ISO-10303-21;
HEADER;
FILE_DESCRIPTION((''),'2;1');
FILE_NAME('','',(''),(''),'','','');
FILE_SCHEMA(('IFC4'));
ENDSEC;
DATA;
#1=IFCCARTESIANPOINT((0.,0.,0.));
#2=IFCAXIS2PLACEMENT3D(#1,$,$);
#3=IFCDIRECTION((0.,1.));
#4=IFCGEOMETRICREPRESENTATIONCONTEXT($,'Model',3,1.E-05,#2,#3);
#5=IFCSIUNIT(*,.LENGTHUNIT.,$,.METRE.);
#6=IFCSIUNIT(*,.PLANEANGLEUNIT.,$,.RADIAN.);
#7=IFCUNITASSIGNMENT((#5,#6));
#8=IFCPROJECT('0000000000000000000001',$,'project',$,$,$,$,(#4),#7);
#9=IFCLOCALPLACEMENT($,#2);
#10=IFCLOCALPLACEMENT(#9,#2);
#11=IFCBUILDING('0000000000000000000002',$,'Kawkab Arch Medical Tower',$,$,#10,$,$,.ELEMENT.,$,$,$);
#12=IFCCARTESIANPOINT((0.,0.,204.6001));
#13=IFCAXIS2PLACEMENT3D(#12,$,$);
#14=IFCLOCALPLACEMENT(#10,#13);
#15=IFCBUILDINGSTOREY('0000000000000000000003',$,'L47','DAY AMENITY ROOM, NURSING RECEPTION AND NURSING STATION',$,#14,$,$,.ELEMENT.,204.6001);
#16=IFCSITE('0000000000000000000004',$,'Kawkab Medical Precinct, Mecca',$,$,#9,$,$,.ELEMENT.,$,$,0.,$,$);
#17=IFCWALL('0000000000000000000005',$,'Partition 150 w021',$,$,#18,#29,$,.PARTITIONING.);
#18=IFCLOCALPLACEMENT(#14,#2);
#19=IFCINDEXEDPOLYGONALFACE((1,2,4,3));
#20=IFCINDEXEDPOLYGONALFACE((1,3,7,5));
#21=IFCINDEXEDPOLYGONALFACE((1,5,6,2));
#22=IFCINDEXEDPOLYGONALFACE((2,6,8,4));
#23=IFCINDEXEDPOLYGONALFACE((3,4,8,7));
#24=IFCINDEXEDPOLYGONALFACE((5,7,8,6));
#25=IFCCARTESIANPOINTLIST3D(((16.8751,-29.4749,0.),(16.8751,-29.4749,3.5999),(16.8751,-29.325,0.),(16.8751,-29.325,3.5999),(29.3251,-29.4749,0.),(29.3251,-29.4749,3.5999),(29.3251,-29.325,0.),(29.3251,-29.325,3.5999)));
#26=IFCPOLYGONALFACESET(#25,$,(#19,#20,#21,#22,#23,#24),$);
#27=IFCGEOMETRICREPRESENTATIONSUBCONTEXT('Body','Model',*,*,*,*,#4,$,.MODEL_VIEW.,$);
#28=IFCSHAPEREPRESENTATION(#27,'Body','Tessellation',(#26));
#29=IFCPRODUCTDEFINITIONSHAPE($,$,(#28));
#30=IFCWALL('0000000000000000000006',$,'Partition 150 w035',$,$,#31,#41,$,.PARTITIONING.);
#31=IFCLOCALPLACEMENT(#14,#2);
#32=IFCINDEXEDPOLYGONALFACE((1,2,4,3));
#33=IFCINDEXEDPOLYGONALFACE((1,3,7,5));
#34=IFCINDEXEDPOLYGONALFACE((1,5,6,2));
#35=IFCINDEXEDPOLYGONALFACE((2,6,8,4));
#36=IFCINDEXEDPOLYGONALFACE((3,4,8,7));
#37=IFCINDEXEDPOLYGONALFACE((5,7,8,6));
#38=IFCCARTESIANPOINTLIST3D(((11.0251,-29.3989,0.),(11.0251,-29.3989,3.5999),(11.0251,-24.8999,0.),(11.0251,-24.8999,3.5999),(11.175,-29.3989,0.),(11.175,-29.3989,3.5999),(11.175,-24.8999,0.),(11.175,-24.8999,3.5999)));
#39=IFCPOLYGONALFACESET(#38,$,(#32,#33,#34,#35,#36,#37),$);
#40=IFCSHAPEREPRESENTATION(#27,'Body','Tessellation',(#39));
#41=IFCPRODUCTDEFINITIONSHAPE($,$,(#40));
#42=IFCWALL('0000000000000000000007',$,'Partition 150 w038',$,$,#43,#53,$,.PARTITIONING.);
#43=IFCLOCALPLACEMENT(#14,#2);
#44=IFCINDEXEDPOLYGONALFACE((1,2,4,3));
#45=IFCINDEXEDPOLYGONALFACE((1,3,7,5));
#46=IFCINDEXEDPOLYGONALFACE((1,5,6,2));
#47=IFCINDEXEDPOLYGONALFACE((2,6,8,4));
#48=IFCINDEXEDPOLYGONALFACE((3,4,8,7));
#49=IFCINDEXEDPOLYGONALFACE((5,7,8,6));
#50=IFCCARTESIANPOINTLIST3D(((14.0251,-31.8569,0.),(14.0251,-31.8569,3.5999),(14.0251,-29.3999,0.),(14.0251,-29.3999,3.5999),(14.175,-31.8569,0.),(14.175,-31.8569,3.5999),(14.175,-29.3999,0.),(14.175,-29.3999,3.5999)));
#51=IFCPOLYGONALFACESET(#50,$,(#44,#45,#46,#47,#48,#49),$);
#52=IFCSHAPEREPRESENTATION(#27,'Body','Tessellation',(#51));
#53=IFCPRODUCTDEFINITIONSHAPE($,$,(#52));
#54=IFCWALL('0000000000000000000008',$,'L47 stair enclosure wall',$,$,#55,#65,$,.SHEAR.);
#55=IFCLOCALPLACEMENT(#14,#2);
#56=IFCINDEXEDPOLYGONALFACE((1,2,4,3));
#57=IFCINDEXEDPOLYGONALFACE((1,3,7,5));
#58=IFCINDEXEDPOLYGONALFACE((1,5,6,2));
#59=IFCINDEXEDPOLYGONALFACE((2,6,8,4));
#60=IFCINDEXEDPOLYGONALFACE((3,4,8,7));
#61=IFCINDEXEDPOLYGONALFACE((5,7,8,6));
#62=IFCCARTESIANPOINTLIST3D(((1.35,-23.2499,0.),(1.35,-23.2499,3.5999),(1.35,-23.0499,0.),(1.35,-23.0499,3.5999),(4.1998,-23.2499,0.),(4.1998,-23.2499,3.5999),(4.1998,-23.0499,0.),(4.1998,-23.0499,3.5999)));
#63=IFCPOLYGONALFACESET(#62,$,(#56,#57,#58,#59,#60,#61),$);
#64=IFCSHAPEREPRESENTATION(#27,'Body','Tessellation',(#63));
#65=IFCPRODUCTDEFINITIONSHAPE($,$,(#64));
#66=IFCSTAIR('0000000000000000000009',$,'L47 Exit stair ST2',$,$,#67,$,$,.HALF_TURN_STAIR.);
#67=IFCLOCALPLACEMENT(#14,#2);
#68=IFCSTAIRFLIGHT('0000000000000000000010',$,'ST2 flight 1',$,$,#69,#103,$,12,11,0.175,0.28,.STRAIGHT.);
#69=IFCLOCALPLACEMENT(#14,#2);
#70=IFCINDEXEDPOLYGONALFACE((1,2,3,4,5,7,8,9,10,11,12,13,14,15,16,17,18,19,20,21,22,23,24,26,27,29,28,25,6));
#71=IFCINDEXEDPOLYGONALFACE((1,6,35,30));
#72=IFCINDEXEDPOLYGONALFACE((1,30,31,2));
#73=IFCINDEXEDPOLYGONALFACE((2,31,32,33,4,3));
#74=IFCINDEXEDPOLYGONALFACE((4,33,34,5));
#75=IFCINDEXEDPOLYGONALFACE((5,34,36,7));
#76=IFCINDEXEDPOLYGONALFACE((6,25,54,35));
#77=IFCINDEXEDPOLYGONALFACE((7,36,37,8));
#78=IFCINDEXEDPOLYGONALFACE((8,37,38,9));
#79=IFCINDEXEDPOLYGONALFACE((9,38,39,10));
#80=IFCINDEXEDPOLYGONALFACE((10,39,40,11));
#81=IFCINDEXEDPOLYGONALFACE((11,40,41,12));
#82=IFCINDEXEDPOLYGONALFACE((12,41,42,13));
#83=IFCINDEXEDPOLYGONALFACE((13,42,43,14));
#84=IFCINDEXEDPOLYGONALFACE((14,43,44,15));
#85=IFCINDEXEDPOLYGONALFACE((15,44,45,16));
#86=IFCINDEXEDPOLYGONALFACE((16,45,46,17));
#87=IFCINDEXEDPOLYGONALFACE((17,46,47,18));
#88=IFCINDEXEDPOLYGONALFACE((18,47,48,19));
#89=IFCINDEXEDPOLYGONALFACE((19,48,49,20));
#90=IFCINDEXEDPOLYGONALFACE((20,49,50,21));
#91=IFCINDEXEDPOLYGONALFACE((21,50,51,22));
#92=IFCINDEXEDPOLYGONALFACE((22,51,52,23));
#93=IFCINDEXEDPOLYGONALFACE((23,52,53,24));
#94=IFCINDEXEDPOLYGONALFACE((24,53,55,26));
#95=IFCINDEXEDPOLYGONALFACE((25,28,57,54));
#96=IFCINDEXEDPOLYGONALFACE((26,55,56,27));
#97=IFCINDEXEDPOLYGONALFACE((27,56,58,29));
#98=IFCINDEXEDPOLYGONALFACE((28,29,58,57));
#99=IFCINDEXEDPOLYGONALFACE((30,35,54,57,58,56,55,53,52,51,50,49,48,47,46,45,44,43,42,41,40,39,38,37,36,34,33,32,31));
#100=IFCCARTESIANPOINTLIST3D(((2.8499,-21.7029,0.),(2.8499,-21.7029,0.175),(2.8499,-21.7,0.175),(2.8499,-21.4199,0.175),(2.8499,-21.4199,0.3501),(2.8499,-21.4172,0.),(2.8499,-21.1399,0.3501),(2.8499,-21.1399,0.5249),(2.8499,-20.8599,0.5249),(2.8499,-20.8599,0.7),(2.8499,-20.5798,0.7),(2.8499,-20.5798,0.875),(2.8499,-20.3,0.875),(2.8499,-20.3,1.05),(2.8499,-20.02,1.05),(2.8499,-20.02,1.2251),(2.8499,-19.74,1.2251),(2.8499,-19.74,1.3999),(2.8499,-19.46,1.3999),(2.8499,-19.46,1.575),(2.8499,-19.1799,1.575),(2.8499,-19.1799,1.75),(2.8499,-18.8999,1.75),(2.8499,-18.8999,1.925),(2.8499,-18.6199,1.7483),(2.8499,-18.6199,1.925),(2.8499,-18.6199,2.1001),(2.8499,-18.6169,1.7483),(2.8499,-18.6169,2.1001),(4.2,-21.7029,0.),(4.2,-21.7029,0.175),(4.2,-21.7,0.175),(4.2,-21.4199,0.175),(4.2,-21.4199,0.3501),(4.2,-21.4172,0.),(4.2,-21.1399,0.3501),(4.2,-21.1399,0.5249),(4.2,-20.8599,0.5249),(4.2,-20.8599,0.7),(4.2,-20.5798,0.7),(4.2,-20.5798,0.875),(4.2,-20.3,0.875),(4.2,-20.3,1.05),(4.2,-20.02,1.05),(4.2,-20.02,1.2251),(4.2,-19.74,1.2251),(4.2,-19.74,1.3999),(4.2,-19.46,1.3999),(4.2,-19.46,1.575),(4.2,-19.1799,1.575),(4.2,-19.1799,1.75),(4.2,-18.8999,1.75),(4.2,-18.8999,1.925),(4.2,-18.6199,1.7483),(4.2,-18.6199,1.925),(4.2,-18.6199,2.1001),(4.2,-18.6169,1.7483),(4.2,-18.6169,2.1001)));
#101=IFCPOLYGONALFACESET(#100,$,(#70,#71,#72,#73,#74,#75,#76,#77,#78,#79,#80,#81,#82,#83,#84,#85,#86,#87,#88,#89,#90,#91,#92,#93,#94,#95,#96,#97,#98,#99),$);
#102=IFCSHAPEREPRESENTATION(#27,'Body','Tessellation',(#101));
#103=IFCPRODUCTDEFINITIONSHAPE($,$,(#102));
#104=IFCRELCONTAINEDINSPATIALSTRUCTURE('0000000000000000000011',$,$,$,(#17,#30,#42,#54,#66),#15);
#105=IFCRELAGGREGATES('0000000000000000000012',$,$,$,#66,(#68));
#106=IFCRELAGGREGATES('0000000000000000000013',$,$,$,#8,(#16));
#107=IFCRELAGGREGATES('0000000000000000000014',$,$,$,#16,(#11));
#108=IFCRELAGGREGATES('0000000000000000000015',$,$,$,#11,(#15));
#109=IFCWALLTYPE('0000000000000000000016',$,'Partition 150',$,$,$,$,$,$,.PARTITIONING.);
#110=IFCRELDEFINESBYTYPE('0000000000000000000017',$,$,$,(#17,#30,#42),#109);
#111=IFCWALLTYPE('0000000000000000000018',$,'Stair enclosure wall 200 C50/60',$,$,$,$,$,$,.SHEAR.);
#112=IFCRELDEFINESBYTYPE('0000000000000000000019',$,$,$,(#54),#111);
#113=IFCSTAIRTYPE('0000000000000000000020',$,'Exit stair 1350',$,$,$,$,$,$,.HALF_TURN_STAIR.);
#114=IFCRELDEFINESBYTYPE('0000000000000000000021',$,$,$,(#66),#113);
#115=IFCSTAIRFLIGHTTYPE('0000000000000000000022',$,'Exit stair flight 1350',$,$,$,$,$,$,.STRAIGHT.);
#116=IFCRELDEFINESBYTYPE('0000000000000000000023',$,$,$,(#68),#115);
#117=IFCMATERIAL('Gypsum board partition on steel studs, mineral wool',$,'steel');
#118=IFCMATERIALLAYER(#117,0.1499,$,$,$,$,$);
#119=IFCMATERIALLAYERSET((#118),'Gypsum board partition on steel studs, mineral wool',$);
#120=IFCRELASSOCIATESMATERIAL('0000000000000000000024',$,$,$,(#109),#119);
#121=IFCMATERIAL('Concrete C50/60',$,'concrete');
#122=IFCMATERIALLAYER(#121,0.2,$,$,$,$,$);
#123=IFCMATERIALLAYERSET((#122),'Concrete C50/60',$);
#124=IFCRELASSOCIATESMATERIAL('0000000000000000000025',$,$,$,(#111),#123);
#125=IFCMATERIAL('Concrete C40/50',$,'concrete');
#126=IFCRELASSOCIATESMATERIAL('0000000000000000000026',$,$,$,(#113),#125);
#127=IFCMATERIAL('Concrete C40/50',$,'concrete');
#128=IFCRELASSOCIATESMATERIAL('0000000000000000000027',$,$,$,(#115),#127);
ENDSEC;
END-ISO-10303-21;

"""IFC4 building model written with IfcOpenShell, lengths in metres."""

from ifc_helpers import new_model, si_unit, direction, frame, frame_2d, origin, place, context, subcontext, project, spatial, polyline, rectangle, outline, extrude, material, layer, layer_set, type_object, element, aggregate, save


model = new_model("IFC4")

# Units and contexts
model_context = context("Model", 3, precision=1e-05, world=origin(), true_north=direction((0.0, 1.0)))
body_context = subcontext(model_context, "Body", "Model", "MODEL_VIEW")
ifc_project = project(units=[si_unit("LENGTHUNIT", "METRE"), si_unit("PLANEANGLEUNIT", "RADIAN")], contexts=[model_context])

# Site, building, storey
site_placement = place(None, origin())
site = spatial("IfcSite", under=ifc_project, at=site_placement, Name="Kawkab Medical Precinct, Mecca", CompositionType="ELEMENT", RefElevation=0.0)
building_placement = place(site_placement, origin())
building = spatial("IfcBuilding", under=site, at=building_placement, Name="Kawkab Arch Medical Tower", CompositionType="ELEMENT")
storey_placement = place(building_placement, frame((0.0, 0.0, 204.6001)))
storey = spatial("IfcBuildingStorey", under=building, at=storey_placement, Name="L47", Description="DAY AMENITY ROOM, NURSING RECEPTION AND NURSING STATION", CompositionType="ELEMENT", Elevation=204.6001)

# Walls
ifc_material_1 = material(Name="Gypsum board partition on steel studs, mineral wool", Category="steel")
ifc_layer_1 = layer(ifc_material_1, 0.1499)
ifc_layer_set_1 = layer_set([ifc_layer_1], Name="Gypsum board partition on steel studs, mineral wool")
wall_type_1 = type_object("IfcWallType", Name="Partition 150", PredefinedType="PARTITIONING", material=ifc_layer_set_1)
wall_1_placement = place(storey_placement, frame((16.875, -29.3999, 0.0), z_axis=(0.0, 0.0, 1.0), x_axis=(1.0, 0.0, 0.0)))
element("IfcWall", 1, at=wall_1_placement, inside=storey, type_object=wall_type_1, Name="Partition 150 w021", PredefinedType="PARTITIONING", context=body_context, shape_type="SweptSolid", body=[
    extrude(rectangle(XDim=12.45, YDim=0.1499, at=frame_2d((6.2251, 0.0))), origin(), (0.0, 0.0, 1.0), 3.5999),
])
wall_2_placement = place(storey_placement, frame((11.1001, -29.3989, 0.0), z_axis=(0.0, 0.0, 1.0), x_axis=(0.0, 1.0, 0.0)))
element("IfcWall", 2, at=wall_2_placement, inside=storey, type_object=wall_type_1, Name="Partition 150 w035", PredefinedType="PARTITIONING", context=body_context, shape_type="SweptSolid", body=[
    extrude(rectangle(XDim=4.499, YDim=0.1499, at=frame_2d((2.2495, 0.0))), origin(), (0.0, 0.0, 1.0), 3.5999),
])
wall_3_placement = place(storey_placement, frame((14.1001, -31.8569, 0.0), z_axis=(0.0, 0.0, 1.0), x_axis=(0.0, 1.0, 0.0)))
element("IfcWall", 3, at=wall_3_placement, inside=storey, type_object=wall_type_1, Name="Partition 150 w038", PredefinedType="PARTITIONING", context=body_context, shape_type="SweptSolid", body=[
    extrude(rectangle(XDim=2.457, YDim=0.1499, at=frame_2d((1.2285, 0.0))), origin(), (0.0, 0.0, 1.0), 3.5999),
])
ifc_material_2 = material(Name="Concrete C50/60", Category="concrete")
ifc_layer_2 = layer(ifc_material_2, 0.2)
ifc_layer_set_2 = layer_set([ifc_layer_2], Name="Concrete C50/60")
wall_type_2 = type_object("IfcWallType", Name="Stair enclosure wall 200 C50/60", PredefinedType="SHEAR", material=ifc_layer_set_2)
wall_4_placement = place(storey_placement, frame((1.3501, -23.1499, 0.0), z_axis=(0.0, 0.0, 1.0), x_axis=(1.0, 0.0, 0.0)))
element("IfcWall", 4, at=wall_4_placement, inside=storey, type_object=wall_type_2, Name="L47 stair enclosure wall", PredefinedType="SHEAR", context=body_context, shape_type="SweptSolid", body=[
    extrude(rectangle(XDim=2.8499, YDim=0.2, at=frame_2d((1.4248, 0.0))), origin(), (0.0, 0.0, 1.0), 3.5999),
])

# Stair, stair flight
ifc_material_3 = material(Name="Concrete C40/50", Category="concrete")
stair_type = type_object("IfcStairType", Name="Exit stair 1350", PredefinedType="HALF_TURN_STAIR", material=ifc_material_3)
stair_placement = place(storey_placement, origin())
stair = element("IfcStair", 5, at=stair_placement, inside=storey, type_object=stair_type, Name="L47 Exit stair ST2", PredefinedType="HALF_TURN_STAIR")
ifc_material_4 = material(Name="Concrete C40/50", Category="concrete")
stair_flight_type = type_object("IfcStairFlightType", Name="Exit stair flight 1350", PredefinedType="STRAIGHT", material=ifc_material_4)
stair_flight_placement = place(storey_placement, frame((3.5249, -21.7, 0.0), z_axis=(0.0, 0.0, 1.0), x_axis=(0.0, 1.0, 0.0)))
stair_flight = element("IfcStairFlight", 6, at=stair_flight_placement, type_object=stair_flight_type, Name="ST2 flight 1", NumberOfRisers=12, NumberOfTreads=11, PredefinedType="STRAIGHT", RiserHeight=0.175, TreadLength=0.28, context=body_context, shape_type="SweptSolid", body=[
    extrude(outline(polyline([(-0.0029, 0.0), (-0.0029, 0.175), (0.0, 0.175), (0.28, 0.175), (0.28, 0.3501), (0.5601, 0.3501), (0.5601, 0.5249), (0.8401, 0.5249), (0.8401, 0.7), (1.1201, 0.7), (1.1201, 0.875), (1.3999, 0.875), (1.3999, 1.05), (1.6799, 1.05), (1.6799, 1.2251), (1.96, 1.2251), (1.96, 1.3999), (2.24, 1.3999), (2.24, 1.575), (2.52, 1.575), (2.52, 1.75), (2.8, 1.75), (2.8, 1.925), (3.0801, 1.925), (3.0801, 2.1001), (3.083, 2.1001), (3.083, 1.7483), (3.0801, 1.7483), (0.2827, 0.0), (-0.0029, 0.0)])), frame((0.0, 0.675, 0.0), z_axis=(0.0, -1.0, 0.0), x_axis=(1.0, 0.0, 0.0)), (0.0, 0.0, 1.0), 1.3501),
])
aggregate(stair, [stair_flight])

save(model, "model.ifc")
